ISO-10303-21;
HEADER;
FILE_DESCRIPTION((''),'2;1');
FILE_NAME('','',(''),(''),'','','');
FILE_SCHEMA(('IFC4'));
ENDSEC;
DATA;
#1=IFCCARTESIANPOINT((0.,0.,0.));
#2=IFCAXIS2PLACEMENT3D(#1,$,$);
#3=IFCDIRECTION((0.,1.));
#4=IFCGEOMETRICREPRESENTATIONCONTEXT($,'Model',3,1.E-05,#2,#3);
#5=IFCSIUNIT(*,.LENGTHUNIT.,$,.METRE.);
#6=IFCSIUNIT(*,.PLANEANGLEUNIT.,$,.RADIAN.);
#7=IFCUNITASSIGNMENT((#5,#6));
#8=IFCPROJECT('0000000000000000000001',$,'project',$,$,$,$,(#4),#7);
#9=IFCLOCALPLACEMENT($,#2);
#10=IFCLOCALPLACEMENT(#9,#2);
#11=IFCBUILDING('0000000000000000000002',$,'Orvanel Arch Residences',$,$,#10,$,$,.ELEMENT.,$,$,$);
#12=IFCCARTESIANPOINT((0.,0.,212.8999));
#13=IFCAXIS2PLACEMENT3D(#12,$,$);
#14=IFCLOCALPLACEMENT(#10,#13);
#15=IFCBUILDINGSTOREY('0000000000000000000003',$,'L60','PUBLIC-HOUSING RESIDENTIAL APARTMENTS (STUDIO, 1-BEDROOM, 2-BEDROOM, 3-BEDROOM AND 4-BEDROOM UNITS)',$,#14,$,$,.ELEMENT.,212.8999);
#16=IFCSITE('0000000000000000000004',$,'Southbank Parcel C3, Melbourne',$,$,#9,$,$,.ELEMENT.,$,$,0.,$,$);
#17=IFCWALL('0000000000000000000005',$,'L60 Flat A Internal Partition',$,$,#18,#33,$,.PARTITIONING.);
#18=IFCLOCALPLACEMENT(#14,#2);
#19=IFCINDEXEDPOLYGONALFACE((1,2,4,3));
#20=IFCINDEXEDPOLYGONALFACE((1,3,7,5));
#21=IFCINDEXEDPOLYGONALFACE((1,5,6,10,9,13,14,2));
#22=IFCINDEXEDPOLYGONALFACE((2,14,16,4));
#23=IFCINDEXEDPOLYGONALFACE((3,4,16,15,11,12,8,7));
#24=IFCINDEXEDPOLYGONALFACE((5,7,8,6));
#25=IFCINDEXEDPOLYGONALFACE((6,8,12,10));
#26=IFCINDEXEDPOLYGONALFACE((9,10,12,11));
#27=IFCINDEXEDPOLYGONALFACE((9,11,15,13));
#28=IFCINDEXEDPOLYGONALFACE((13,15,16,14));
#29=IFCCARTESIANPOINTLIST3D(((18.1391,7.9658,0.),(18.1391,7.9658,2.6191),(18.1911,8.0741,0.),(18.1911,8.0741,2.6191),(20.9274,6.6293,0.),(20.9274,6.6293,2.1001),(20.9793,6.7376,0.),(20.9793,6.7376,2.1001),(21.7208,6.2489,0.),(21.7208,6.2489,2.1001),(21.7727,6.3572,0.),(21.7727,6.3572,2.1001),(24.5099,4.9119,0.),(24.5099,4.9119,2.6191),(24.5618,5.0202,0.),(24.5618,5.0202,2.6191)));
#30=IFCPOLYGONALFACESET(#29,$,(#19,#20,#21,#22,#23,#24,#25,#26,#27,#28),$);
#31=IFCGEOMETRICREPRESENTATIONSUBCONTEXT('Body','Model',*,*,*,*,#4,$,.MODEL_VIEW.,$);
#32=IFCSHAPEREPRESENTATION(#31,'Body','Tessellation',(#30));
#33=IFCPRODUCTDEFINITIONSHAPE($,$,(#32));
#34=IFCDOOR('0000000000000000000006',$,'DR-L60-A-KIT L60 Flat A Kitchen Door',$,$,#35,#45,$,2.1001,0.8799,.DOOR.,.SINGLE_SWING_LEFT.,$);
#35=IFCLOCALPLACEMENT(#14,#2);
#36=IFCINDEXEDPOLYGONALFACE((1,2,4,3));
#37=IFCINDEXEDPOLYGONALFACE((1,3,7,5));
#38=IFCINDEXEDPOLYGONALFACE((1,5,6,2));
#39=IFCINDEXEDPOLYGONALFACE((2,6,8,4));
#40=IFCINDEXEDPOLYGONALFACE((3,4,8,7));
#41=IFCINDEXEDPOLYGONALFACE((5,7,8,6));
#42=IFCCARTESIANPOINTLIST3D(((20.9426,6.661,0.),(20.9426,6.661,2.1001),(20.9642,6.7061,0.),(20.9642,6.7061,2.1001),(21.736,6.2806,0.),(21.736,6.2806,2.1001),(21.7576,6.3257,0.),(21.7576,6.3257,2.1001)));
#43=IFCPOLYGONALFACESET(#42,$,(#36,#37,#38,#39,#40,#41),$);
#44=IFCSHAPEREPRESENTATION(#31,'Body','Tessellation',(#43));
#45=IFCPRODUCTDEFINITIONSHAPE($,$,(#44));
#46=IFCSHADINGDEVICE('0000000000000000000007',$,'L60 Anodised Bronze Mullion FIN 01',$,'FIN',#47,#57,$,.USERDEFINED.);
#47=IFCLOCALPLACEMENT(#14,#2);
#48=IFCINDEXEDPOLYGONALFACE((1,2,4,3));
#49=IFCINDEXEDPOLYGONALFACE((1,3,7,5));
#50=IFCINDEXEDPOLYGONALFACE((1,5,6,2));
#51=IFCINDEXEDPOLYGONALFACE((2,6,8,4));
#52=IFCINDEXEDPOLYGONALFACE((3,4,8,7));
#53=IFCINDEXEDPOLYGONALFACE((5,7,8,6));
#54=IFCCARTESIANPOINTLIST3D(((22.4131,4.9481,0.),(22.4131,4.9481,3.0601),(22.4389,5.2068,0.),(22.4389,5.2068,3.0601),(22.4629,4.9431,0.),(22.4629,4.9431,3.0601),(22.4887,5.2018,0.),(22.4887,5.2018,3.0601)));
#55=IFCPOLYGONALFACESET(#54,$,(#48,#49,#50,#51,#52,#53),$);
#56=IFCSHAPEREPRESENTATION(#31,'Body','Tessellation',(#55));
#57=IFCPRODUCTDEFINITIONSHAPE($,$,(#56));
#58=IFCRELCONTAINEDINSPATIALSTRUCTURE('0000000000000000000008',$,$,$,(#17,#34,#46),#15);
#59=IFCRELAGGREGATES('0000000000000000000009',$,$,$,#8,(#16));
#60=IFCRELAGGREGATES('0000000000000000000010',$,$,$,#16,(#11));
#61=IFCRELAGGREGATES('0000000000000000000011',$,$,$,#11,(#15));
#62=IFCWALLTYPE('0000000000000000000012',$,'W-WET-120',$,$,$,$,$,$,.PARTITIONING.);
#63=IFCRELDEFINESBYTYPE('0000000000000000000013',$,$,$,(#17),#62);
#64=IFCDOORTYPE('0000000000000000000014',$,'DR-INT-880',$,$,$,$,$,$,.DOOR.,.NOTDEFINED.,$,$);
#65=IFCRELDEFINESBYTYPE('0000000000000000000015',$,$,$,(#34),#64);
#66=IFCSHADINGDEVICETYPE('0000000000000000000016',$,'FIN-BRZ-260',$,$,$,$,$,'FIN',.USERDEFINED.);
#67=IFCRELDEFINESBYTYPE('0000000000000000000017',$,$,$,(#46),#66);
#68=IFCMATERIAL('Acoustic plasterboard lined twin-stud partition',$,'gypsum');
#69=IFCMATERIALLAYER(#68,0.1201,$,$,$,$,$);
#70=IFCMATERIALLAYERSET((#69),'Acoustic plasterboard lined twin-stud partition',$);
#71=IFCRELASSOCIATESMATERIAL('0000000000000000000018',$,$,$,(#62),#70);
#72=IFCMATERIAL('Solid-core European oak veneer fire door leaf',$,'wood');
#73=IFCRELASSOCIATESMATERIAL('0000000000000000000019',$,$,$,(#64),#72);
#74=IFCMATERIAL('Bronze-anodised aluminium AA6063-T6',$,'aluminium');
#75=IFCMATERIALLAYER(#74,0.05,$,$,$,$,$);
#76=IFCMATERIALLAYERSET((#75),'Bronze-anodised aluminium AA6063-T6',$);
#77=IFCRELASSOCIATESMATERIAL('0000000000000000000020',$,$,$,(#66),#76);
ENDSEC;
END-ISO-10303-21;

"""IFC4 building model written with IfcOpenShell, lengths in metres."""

from ifc_helpers import new_model, si_unit, direction, frame, frame_2d, origin, origin_2d, place, context, subcontext, project, spatial, rectangle, extrude, material, layer, layer_set, type_object, element, fill, save


model = new_model("IFC4")

# Units and contexts
model_context = context("Model", 3, precision=1e-05, world=origin(), true_north=direction((0.0, 1.0)))
body_context = subcontext(model_context, "Body", "Model", "MODEL_VIEW")
ifc_project = project(units=[si_unit("LENGTHUNIT", "METRE"), si_unit("PLANEANGLEUNIT", "RADIAN")], contexts=[model_context])

# Site, building, storey
site_placement = place(None, origin())
site = spatial("IfcSite", under=ifc_project, at=site_placement, Name="Southbank Parcel C3, Melbourne", CompositionType="ELEMENT", RefElevation=0.0)
building_placement = place(site_placement, origin())
building = spatial("IfcBuilding", under=site, at=building_placement, Name="Orvanel Arch Residences", CompositionType="ELEMENT")
storey_placement = place(building_placement, frame((0.0, 0.0, 212.8999)))
storey = spatial("IfcBuildingStorey", under=building, at=storey_placement, Name="L60", Description="PUBLIC-HOUSING RESIDENTIAL APARTMENTS (STUDIO, 1-BEDROOM, 2-BEDROOM, 3-BEDROOM AND 4-BEDROOM UNITS)", CompositionType="ELEMENT", Elevation=212.8999)

# Shared definitions
ifc_material_1 = material(Name="Bronze-anodised aluminium AA6063-T6", Category="aluminium")

# Wall, opening, door
ifc_material_2 = material(Name="Acoustic plasterboard lined twin-stud partition", Category="gypsum")
ifc_layer_1 = layer(ifc_material_2, 0.1201)
ifc_layer_set_1 = layer_set([ifc_layer_1], Name="Acoustic plasterboard lined twin-stud partition")
wall_type = type_object("IfcWallType", Name="W-WET-120", PredefinedType="PARTITIONING", material=ifc_layer_set_1)
wall_placement = place(storey_placement, frame((24.5359, 4.9661, 0.0), z_axis=(0.0, 0.0, 1.0), x_axis=(-0.901747, 0.432265, 0.0)))
wall = element("IfcWall", 1, at=wall_placement, inside=storey, type_object=wall_type, Name="L60 Flat A Internal Partition", PredefinedType="PARTITIONING", context=body_context, shape_type="SweptSolid", body=[
    extrude(rectangle(XDim=7.0649, YDim=0.1201, at=frame_2d((3.5325, 0.0))), origin(), (0.0, 0.0, 1.0), 2.6191),
])
opening_placement = place(wall_placement, frame((3.093, 0.0, 0.0)))
opening = element("IfcOpeningElement", 2, at=opening_placement, cuts=wall, PredefinedType="OPENING", context=body_context, shape_type="SweptSolid", body=[
    extrude(rectangle(XDim=0.8799, YDim=2.1001, at=frame_2d((0.4399, 1.05))), frame((0.0, 0.0701, 0.0), z_axis=(0.0, -1.0, 0.0), x_axis=(1.0, 0.0, 0.0)), (0.0, 0.0, 1.0), 0.1401),
])
ifc_material_3 = material(Name="Solid-core European oak veneer fire door leaf", Category="wood")
door_type = type_object("IfcDoorType", Name="DR-INT-880", OperationType="NOTDEFINED", PredefinedType="DOOR", material=ifc_material_3)
door_placement = place(opening_placement, origin())
door = element("IfcDoor", 3, at=door_placement, inside=storey, type_object=door_type, Name="DR-L60-A-KIT L60 Flat A Kitchen Door", OperationType="SINGLE_SWING_LEFT", OverallHeight=2.1001, OverallWidth=0.8799, PredefinedType="DOOR", context=body_context, shape_type="SweptSolid", body=[
    extrude(rectangle(XDim=0.8799, YDim=2.1001, at=frame_2d((0.4399, 1.05))), frame((0.0, 0.0249, 0.0), z_axis=(0.0, -1.0, 0.0), x_axis=(1.0, 0.0, 0.0)), (0.0, 0.0, 1.0), 0.05),
])
fill(opening, door)

# Shading device
ifc_layer_2 = layer(ifc_material_1, 0.05)
ifc_layer_set_2 = layer_set([ifc_layer_2], Name="Bronze-anodised aluminium AA6063-T6")
shading_device_type = type_object("IfcShadingDeviceType", Name="FIN-BRZ-260", ElementType="FIN", PredefinedType="USERDEFINED", material=ifc_layer_set_2)
shading_device_placement = place(storey_placement, frame((22.4509, 5.075, 0.0), z_axis=(0.0, 0.0, 1.0), x_axis=(-0.09932, -0.995056, 0.0)))
element("IfcShadingDevice", 4, at=shading_device_placement, inside=storey, type_object=shading_device_type, Name="L60 Anodised Bronze Mullion FIN 01", ObjectType="FIN", PredefinedType="USERDEFINED", context=body_context, shape_type="SweptSolid", body=[
    extrude(rectangle(XDim=0.26, YDim=0.05, at=origin_2d()), origin(), (0.0, 0.0, 1.0), 3.0601),
])

save(model, "model.ifc")
